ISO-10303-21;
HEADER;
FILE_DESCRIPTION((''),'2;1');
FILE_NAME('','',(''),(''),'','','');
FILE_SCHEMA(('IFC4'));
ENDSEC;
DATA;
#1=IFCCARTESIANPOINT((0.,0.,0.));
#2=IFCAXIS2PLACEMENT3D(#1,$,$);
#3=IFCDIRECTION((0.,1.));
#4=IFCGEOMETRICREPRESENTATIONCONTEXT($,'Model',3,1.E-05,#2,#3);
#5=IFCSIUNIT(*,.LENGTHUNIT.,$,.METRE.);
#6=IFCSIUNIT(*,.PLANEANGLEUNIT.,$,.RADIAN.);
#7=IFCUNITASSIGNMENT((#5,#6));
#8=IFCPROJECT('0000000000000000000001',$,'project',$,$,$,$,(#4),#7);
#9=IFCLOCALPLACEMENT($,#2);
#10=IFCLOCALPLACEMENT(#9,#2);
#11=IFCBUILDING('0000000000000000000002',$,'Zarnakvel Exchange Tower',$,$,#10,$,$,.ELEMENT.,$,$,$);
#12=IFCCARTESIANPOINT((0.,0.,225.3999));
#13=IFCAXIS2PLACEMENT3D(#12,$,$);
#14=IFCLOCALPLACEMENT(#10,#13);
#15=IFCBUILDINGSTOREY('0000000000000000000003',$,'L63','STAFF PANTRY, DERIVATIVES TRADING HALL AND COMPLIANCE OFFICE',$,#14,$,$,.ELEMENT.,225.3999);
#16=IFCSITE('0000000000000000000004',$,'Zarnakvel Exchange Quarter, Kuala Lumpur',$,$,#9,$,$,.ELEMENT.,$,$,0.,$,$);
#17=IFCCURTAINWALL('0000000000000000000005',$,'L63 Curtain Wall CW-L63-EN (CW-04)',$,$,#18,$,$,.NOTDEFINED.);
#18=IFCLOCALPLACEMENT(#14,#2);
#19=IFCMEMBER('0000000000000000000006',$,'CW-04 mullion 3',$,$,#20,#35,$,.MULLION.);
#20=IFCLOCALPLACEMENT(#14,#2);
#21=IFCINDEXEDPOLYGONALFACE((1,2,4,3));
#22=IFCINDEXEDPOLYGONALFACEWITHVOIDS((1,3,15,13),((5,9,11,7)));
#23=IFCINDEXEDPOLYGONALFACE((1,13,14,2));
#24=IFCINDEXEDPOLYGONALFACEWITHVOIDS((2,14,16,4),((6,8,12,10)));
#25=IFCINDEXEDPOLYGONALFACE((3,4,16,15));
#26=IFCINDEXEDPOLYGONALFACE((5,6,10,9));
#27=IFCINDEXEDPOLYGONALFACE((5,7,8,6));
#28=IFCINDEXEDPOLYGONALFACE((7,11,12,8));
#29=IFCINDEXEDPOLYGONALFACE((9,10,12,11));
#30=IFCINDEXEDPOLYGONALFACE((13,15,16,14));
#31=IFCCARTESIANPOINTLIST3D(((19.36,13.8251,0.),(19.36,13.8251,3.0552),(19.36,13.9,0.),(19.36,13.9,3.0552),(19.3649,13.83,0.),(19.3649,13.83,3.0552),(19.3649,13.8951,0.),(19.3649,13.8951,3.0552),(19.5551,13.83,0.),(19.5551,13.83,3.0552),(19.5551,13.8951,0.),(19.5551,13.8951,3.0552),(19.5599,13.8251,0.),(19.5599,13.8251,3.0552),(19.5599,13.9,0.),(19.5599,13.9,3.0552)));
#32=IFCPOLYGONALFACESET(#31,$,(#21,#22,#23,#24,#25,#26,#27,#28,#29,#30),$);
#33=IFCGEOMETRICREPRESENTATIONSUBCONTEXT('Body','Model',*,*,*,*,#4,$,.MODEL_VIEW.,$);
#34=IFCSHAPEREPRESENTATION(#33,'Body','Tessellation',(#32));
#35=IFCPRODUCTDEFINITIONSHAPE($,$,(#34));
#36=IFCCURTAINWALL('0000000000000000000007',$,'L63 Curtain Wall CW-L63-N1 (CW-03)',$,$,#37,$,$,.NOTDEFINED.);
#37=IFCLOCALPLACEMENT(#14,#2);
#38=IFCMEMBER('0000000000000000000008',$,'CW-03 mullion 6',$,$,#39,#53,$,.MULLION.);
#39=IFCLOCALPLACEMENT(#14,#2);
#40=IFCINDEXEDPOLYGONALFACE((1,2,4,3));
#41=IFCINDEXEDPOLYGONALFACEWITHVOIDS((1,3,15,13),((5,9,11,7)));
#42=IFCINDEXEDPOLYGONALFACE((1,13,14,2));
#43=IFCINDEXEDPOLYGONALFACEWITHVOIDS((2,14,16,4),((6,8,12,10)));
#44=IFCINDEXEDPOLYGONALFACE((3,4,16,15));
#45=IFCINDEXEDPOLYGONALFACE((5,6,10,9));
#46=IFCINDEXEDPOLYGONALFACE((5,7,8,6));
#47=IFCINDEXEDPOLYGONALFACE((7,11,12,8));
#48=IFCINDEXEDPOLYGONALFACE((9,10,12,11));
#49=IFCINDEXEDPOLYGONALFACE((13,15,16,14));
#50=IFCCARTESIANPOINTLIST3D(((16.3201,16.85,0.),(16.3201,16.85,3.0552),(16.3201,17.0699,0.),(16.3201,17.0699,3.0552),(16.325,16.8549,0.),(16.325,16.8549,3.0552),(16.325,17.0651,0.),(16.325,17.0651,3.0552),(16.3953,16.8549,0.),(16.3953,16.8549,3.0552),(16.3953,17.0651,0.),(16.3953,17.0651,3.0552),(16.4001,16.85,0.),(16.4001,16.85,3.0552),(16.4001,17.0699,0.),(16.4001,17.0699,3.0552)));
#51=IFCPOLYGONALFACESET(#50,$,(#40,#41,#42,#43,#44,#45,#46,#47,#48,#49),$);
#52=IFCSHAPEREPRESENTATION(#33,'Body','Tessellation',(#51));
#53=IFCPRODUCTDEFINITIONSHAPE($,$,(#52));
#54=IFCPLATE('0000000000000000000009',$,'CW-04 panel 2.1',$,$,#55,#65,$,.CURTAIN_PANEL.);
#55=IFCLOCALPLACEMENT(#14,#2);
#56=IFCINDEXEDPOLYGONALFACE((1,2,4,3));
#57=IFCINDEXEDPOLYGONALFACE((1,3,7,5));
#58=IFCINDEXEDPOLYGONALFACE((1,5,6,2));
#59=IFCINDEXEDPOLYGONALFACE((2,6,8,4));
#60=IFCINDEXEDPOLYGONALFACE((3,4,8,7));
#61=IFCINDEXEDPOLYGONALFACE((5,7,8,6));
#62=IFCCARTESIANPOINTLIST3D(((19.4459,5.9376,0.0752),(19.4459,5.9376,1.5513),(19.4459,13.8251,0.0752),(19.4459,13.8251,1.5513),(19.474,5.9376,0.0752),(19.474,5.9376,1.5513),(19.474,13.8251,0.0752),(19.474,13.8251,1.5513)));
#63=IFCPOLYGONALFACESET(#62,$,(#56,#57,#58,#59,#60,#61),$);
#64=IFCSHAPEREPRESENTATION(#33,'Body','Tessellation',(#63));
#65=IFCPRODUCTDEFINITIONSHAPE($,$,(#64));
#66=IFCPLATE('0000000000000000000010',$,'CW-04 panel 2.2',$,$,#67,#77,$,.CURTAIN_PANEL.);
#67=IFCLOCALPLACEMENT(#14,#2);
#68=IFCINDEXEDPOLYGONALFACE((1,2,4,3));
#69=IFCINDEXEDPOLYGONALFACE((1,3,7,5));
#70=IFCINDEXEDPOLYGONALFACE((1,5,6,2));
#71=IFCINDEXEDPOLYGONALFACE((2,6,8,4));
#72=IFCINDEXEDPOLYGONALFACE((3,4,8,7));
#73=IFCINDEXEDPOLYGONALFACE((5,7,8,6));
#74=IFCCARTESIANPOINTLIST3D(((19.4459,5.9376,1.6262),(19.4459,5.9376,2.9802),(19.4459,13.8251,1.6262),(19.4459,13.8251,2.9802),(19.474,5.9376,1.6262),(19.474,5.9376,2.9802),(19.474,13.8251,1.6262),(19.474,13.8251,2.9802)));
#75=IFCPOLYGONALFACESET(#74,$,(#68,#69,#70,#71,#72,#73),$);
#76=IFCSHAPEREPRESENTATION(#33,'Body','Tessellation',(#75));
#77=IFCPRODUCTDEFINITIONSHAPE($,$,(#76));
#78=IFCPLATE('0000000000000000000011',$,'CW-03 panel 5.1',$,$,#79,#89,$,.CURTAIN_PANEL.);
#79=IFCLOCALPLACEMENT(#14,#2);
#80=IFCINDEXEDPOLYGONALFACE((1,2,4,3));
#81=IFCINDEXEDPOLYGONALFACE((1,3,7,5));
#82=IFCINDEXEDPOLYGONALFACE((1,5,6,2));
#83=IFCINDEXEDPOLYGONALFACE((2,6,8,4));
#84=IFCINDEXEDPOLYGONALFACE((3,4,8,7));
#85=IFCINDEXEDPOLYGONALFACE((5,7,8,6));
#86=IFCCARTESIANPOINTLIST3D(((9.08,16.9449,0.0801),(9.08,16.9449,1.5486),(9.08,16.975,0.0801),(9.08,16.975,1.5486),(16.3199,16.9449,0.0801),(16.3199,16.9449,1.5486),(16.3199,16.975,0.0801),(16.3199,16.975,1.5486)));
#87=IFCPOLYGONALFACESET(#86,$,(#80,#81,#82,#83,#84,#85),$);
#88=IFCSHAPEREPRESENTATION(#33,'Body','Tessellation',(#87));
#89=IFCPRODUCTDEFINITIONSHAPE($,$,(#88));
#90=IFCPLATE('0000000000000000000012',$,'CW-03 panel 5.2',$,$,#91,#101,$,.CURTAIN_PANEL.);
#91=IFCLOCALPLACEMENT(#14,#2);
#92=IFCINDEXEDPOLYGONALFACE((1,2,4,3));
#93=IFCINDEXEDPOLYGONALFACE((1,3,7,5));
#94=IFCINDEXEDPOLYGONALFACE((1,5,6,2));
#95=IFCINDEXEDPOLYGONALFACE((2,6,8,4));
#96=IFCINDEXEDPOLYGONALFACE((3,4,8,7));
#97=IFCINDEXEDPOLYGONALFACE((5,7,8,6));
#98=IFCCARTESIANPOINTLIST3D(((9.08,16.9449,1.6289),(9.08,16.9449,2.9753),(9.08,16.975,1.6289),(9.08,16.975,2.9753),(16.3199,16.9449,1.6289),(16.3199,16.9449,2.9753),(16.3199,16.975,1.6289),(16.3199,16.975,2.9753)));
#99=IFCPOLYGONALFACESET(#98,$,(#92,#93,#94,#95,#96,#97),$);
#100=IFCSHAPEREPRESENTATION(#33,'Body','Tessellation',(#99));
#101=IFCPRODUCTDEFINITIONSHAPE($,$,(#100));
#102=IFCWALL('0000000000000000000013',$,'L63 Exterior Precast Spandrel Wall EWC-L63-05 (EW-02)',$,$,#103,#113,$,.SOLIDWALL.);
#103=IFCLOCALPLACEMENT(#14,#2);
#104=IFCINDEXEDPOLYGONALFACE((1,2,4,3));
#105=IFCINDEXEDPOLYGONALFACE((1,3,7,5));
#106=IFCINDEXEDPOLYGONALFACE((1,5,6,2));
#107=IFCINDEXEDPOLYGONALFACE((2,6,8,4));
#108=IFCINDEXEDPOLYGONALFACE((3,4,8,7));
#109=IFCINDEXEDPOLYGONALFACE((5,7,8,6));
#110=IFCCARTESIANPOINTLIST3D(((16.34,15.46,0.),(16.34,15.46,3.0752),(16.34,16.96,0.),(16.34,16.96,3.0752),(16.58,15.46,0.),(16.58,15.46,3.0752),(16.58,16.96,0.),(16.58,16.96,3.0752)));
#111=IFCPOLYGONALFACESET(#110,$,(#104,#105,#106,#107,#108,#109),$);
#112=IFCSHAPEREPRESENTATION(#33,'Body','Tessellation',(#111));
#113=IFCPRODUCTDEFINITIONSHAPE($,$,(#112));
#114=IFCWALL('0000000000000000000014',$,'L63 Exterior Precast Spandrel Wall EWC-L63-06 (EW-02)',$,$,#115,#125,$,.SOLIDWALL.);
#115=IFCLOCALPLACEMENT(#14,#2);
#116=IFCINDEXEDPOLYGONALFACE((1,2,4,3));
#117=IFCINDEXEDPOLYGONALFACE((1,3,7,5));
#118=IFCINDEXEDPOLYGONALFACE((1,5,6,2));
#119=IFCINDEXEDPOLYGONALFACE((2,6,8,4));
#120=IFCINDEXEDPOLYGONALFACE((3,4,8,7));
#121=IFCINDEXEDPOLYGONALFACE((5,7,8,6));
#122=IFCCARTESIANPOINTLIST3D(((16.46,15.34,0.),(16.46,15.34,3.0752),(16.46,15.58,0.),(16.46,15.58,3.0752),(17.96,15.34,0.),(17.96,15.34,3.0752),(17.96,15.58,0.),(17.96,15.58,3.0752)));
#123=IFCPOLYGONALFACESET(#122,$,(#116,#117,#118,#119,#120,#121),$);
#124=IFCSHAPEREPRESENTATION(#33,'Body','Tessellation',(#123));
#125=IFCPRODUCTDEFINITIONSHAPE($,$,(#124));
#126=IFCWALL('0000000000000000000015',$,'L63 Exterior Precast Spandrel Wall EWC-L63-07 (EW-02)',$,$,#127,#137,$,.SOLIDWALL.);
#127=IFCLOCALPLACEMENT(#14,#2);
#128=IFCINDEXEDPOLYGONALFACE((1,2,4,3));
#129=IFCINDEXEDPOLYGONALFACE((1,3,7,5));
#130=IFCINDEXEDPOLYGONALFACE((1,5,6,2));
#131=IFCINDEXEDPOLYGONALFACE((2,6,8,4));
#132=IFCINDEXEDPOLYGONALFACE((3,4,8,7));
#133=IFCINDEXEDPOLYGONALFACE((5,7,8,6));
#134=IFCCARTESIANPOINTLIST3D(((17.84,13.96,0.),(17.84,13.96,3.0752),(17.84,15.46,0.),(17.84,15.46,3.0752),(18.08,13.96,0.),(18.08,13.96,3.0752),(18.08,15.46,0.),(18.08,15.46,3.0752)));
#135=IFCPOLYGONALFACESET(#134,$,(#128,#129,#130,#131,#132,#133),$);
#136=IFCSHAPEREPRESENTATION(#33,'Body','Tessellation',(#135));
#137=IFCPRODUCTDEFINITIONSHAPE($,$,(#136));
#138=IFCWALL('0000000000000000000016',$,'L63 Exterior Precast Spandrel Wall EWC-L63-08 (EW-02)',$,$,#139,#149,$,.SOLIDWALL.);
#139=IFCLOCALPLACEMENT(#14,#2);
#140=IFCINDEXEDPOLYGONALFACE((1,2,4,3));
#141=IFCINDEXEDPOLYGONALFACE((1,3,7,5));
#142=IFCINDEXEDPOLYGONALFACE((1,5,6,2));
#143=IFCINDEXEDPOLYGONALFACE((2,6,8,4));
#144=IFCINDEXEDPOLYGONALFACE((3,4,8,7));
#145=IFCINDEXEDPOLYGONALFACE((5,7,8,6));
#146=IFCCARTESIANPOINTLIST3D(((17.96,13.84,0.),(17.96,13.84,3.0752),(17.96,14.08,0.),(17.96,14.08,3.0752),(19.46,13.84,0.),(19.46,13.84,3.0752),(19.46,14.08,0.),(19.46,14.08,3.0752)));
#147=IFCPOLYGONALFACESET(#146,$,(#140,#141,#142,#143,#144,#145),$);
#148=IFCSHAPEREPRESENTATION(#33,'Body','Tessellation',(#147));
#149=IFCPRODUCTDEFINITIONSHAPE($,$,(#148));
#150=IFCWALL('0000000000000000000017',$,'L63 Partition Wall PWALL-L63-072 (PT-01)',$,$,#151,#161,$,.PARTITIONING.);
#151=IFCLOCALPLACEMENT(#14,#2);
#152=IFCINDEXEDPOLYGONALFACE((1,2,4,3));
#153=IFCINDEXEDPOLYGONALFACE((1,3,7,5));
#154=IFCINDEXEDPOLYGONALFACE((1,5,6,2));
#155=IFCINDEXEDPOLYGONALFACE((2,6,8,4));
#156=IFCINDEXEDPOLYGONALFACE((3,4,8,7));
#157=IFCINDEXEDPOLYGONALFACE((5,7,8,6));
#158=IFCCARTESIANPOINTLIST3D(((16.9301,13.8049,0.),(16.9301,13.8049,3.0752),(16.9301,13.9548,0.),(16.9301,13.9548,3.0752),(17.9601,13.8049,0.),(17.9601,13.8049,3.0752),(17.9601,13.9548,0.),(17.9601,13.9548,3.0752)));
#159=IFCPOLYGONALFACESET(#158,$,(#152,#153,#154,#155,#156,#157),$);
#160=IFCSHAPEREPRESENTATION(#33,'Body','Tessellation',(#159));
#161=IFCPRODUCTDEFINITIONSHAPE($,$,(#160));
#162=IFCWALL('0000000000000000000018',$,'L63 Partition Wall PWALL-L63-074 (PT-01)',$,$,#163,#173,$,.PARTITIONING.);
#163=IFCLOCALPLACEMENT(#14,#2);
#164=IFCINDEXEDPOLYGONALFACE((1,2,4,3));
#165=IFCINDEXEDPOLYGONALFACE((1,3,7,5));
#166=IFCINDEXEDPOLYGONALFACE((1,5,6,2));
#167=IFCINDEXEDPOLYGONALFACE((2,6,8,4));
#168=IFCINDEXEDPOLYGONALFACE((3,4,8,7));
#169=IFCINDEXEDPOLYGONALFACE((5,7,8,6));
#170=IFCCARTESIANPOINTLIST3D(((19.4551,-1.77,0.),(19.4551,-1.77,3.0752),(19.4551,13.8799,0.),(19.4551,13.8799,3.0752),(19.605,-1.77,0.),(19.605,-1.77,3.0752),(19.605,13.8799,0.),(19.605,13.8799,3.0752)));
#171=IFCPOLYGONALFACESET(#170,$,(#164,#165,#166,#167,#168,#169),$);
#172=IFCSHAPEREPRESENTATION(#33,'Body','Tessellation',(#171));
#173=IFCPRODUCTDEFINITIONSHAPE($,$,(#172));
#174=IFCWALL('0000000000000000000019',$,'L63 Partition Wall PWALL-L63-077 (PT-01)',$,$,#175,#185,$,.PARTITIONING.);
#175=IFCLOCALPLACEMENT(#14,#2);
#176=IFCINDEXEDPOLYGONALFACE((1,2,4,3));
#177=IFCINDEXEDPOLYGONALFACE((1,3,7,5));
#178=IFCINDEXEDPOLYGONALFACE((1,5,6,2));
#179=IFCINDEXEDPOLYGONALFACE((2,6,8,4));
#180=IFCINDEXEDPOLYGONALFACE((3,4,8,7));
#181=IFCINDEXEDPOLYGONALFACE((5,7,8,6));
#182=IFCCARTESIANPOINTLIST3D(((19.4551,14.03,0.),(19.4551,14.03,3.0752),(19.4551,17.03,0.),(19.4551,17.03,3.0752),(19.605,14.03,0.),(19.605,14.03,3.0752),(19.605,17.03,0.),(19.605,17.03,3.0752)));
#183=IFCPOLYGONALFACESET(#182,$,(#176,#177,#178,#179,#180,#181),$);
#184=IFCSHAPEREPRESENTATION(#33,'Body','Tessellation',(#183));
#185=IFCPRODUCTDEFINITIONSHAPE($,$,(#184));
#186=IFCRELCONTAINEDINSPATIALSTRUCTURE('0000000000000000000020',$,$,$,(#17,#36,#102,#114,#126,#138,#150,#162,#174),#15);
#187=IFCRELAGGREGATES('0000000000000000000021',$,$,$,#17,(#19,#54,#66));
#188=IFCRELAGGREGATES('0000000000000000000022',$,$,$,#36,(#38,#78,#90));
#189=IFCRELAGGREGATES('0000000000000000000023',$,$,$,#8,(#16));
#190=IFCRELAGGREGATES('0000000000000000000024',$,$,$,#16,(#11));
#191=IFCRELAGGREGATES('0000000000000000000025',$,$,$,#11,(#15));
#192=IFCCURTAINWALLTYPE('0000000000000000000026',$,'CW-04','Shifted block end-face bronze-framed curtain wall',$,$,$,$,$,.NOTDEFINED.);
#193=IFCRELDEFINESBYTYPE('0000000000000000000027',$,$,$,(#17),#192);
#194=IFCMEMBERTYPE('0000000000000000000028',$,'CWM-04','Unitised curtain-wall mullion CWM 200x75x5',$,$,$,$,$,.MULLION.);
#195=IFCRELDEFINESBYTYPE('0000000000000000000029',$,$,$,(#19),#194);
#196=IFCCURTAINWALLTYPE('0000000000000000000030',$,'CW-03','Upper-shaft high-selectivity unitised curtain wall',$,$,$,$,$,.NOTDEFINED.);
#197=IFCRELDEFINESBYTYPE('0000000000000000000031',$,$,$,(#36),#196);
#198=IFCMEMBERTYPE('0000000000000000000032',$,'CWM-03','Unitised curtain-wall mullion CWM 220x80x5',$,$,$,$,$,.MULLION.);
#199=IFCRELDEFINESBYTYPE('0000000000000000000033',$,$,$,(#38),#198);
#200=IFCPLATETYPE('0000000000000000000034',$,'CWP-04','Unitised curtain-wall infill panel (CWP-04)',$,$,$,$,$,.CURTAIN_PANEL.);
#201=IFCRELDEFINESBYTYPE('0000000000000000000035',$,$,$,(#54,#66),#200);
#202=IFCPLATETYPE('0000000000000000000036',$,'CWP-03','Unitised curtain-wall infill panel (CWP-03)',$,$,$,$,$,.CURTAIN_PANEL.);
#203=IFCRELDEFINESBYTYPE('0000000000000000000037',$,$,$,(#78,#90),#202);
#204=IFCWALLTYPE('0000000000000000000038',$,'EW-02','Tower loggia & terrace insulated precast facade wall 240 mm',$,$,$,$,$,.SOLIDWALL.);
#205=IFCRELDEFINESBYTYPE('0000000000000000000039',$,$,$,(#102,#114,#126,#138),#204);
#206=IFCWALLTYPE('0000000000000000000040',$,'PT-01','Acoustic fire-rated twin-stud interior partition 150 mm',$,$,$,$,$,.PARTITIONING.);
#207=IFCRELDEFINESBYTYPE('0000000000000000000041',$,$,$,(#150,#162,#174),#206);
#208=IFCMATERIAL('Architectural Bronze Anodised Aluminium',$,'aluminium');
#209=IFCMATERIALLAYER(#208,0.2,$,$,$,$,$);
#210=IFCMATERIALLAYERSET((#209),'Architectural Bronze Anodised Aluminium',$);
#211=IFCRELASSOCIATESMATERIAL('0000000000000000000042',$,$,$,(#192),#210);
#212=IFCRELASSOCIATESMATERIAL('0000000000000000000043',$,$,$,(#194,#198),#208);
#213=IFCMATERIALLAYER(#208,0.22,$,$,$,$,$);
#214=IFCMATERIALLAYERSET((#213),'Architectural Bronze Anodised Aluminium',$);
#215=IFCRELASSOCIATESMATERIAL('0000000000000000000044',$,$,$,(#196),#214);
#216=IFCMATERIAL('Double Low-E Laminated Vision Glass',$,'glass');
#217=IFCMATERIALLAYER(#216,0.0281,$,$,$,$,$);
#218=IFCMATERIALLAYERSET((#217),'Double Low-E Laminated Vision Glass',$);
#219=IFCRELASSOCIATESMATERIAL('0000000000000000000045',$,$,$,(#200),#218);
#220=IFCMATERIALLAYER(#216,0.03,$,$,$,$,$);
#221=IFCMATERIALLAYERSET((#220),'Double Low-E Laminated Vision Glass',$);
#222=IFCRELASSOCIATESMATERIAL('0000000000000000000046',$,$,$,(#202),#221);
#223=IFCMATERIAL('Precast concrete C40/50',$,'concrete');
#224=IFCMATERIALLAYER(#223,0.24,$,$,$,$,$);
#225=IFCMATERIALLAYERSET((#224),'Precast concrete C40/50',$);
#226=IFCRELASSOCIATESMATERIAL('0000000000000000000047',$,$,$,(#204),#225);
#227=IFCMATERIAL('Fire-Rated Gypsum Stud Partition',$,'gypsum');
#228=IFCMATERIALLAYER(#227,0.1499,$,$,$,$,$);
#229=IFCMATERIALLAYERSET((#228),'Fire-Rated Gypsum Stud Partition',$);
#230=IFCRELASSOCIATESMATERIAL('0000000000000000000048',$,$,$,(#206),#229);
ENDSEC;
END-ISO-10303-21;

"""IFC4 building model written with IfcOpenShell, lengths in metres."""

from ifc_helpers import new_model, si_unit, direction, frame, frame_2d, origin, origin_2d, place, context, subcontext, project, spatial, rectangle, hollow_rectangle, extrude, source, transform, mapped, material, layer, layer_set, material_profile, profile_set, type_object, element, aggregate, save


model = new_model("IFC4")

# Units and contexts
model_context = context("Model", 3, precision=1e-05, world=origin(), true_north=direction((0.0, 1.0)))
body_context = subcontext(model_context, "Body", "Model", "MODEL_VIEW")
ifc_project = project(units=[si_unit("LENGTHUNIT", "METRE"), si_unit("PLANEANGLEUNIT", "RADIAN")], contexts=[model_context])

# Site, building, storey
site_placement = place(None, origin())
site = spatial("IfcSite", under=ifc_project, at=site_placement, Name="Zarnakvel Exchange Quarter, Kuala Lumpur", CompositionType="ELEMENT", RefElevation=0.0)
building_placement = place(site_placement, origin())
building = spatial("IfcBuilding", under=site, at=building_placement, Name="Zarnakvel Exchange Tower", CompositionType="ELEMENT")
storey_placement = place(building_placement, frame((0.0, 0.0, 225.3999)))
storey = spatial("IfcBuildingStorey", under=building, at=storey_placement, Name="L63", Description="STAFF PANTRY, DERIVATIVES TRADING HALL AND COMPLIANCE OFFICE", CompositionType="ELEMENT", Elevation=225.3999)

# Curtain walls, members
ifc_material_1 = material(Name="Architectural Bronze Anodised Aluminium", Category="aluminium")
ifc_layer_1 = layer(ifc_material_1, 0.2)
ifc_layer_set_1 = layer_set([ifc_layer_1], Name="Architectural Bronze Anodised Aluminium")
curtain_wall_type_1 = type_object("IfcCurtainWallType", Name="CW-04", Description="Shifted block end-face bronze-framed curtain wall", PredefinedType="NOTDEFINED", material=ifc_layer_set_1)
curtain_wall_1_placement = place(storey_placement, origin())
curtain_wall_1 = element("IfcCurtainWall", 1, at=curtain_wall_1_placement, inside=storey, type_object=curtain_wall_type_1, Name="L63 Curtain Wall CW-L63-EN (CW-04)", PredefinedType="NOTDEFINED")
ifc_material_profile_1 = material_profile(ifc_material_1, hollow_rectangle(XDim=0.2, YDim=0.075, WallThickness=0.0049, at=origin_2d()))
ifc_profile_set_1 = profile_set([ifc_material_profile_1], Name="Architectural Bronze Anodised Aluminium")
member_type_1 = type_object("IfcMemberType", Name="CWM-04", Description="Unitised curtain-wall mullion CWM 200x75x5", PredefinedType="MULLION", material=ifc_profile_set_1)
shared_shape_1 = source(origin(), body_context, "Body", "SweptSolid", [
    extrude(hollow_rectangle(XDim=0.2, YDim=0.075, WallThickness=0.0049, at=origin_2d()), origin(), (0.0, 0.0, 1.0), 3.0552),
])
member_1_placement = place(storey_placement, frame((19.46, 13.8625, 0.0), z_axis=(0.0, 0.0, 1.0), x_axis=(-1.0, 0.0, 0.0)))
member_1 = element("IfcMember", 2, at=member_1_placement, type_object=member_type_1, Name="CW-04 mullion 3", PredefinedType="MULLION", context=body_context, shape_type="MappedRepresentation", body=[
    mapped(shared_shape_1, transform((0.0, 0.0, 0.0), x_axis=(1.0, 0.0, 0.0), y_axis=(0.0, 1.0, 0.0), z_axis=(0.0, 0.0, 1.0), scale=1.0)),
])
ifc_layer_2 = layer(ifc_material_1, 0.22)
ifc_layer_set_2 = layer_set([ifc_layer_2], Name="Architectural Bronze Anodised Aluminium")
curtain_wall_type_2 = type_object("IfcCurtainWallType", Name="CW-03", Description="Upper-shaft high-selectivity unitised curtain wall", PredefinedType="NOTDEFINED", material=ifc_layer_set_2)
curtain_wall_2_placement = place(storey_placement, origin())
curtain_wall_2 = element("IfcCurtainWall", 3, at=curtain_wall_2_placement, inside=storey, type_object=curtain_wall_type_2, Name="L63 Curtain Wall CW-L63-N1 (CW-03)", PredefinedType="NOTDEFINED")
ifc_material_profile_2 = material_profile(ifc_material_1, hollow_rectangle(XDim=0.22, YDim=0.0801, WallThickness=0.0049, at=origin_2d()))
ifc_profile_set_2 = profile_set([ifc_material_profile_2], Name="Architectural Bronze Anodised Aluminium")
member_type_2 = type_object("IfcMemberType", Name="CWM-03", Description="Unitised curtain-wall mullion CWM 220x80x5", PredefinedType="MULLION", material=ifc_profile_set_2)
shared_shape_2 = source(origin(), body_context, "Body", "SweptSolid", [
    extrude(hollow_rectangle(XDim=0.22, YDim=0.0801, WallThickness=0.0049, at=origin_2d()), origin(), (0.0, 0.0, 1.0), 3.0552),
])
member_2_placement = place(storey_placement, frame((16.3601, 16.96, 0.0), z_axis=(0.0, 0.0, 1.0), x_axis=(0.0, 1.0, 0.0)))
member_2 = element("IfcMember", 4, at=member_2_placement, type_object=member_type_2, Name="CW-03 mullion 6", PredefinedType="MULLION", context=body_context, shape_type="MappedRepresentation", body=[
    mapped(shared_shape_2, transform((0.0, 0.0, 0.0), x_axis=(1.0, 0.0, 0.0), y_axis=(0.0, 1.0, 0.0), z_axis=(0.0, 0.0, 1.0), scale=1.0)),
])

# Plates
ifc_material_2 = material(Name="Double Low-E Laminated Vision Glass", Category="glass")
ifc_layer_3 = layer(ifc_material_2, 0.0281)
ifc_layer_set_3 = layer_set([ifc_layer_3], Name="Double Low-E Laminated Vision Glass")
plate_type_1 = type_object("IfcPlateType", Name="CWP-04", Description="Unitised curtain-wall infill panel (CWP-04)", PredefinedType="CURTAIN_PANEL", material=ifc_layer_set_3)
shared_shape_3 = source(origin(), body_context, "Body", "SweptSolid", [
    extrude(rectangle(XDim=7.8875, YDim=0.0281, at=origin_2d()), origin(), (0.0, 0.0, 1.0), 1.4761),
])
plate_1_placement = place(storey_placement, frame((19.46, 9.8813, 0.0752), z_axis=(0.0, 0.0, 1.0), x_axis=(0.0, 1.0, 0.0)))
plate_1 = element("IfcPlate", 5, at=plate_1_placement, type_object=plate_type_1, Name="CW-04 panel 2.1", PredefinedType="CURTAIN_PANEL", context=body_context, shape_type="MappedRepresentation", body=[
    mapped(shared_shape_3, transform((0.0, 0.0, 0.0), x_axis=(1.0, 0.0, 0.0), y_axis=(0.0, 1.0, 0.0), z_axis=(0.0, 0.0, 1.0), scale=1.0)),
])
shared_shape_4 = source(origin(), body_context, "Body", "SweptSolid", [
    extrude(rectangle(XDim=7.8875, YDim=0.0281, at=origin_2d()), origin(), (0.0, 0.0, 1.0), 1.354),
])
plate_2_placement = place(storey_placement, frame((19.46, 9.8813, 1.6262), z_axis=(0.0, 0.0, 1.0), x_axis=(0.0, 1.0, 0.0)))
plate_2 = element("IfcPlate", 6, at=plate_2_placement, type_object=plate_type_1, Name="CW-04 panel 2.2", PredefinedType="CURTAIN_PANEL", context=body_context, shape_type="MappedRepresentation", body=[
    mapped(shared_shape_4, transform((0.0, 0.0, 0.0), x_axis=(1.0, 0.0, 0.0), y_axis=(0.0, 1.0, 0.0), z_axis=(0.0, 0.0, 1.0), scale=1.0)),
])
aggregate(curtain_wall_1, [member_1, plate_1, plate_2])
ifc_layer_4 = layer(ifc_material_2, 0.03)
ifc_layer_set_4 = layer_set([ifc_layer_4], Name="Double Low-E Laminated Vision Glass")
plate_type_2 = type_object("IfcPlateType", Name="CWP-03", Description="Unitised curtain-wall infill panel (CWP-03)", PredefinedType="CURTAIN_PANEL", material=ifc_layer_set_4)
shared_shape_5 = source(origin(), body_context, "Body", "SweptSolid", [
    extrude(rectangle(XDim=7.24, YDim=0.03, at=origin_2d()), origin(), (0.0, 0.0, 1.0), 1.4685),
])
plate_3_placement = place(storey_placement, frame((12.7, 16.96, 0.0801), z_axis=(0.0, 0.0, 1.0), x_axis=(1.0, 0.0, 0.0)))
plate_3 = element("IfcPlate", 7, at=plate_3_placement, type_object=plate_type_2, Name="CW-03 panel 5.1", PredefinedType="CURTAIN_PANEL", context=body_context, shape_type="MappedRepresentation", body=[
    mapped(shared_shape_5, transform((0.0, 0.0, 0.0), x_axis=(1.0, 0.0, 0.0), y_axis=(0.0, 1.0, 0.0), z_axis=(0.0, 0.0, 1.0), scale=1.0)),
])
shared_shape_6 = source(origin(), body_context, "Body", "SweptSolid", [
    extrude(rectangle(XDim=7.24, YDim=0.03, at=origin_2d()), origin(), (0.0, 0.0, 1.0), 1.3464),
])
plate_4_placement = place(storey_placement, frame((12.7, 16.96, 1.6289), z_axis=(0.0, 0.0, 1.0), x_axis=(1.0, 0.0, 0.0)))
plate_4 = element("IfcPlate", 8, at=plate_4_placement, type_object=plate_type_2, Name="CW-03 panel 5.2", PredefinedType="CURTAIN_PANEL", context=body_context, shape_type="MappedRepresentation", body=[
    mapped(shared_shape_6, transform((0.0, 0.0, 0.0), x_axis=(1.0, 0.0, 0.0), y_axis=(0.0, 1.0, 0.0), z_axis=(0.0, 0.0, 1.0), scale=1.0)),
])
aggregate(curtain_wall_2, [member_2, plate_3, plate_4])

# Walls
ifc_material_3 = material(Name="Precast concrete C40/50", Category="concrete")
ifc_layer_5 = layer(ifc_material_3, 0.24)
ifc_layer_set_5 = layer_set([ifc_layer_5], Name="Precast concrete C40/50")
wall_type_1 = type_object("IfcWallType", Name="EW-02", Description="Tower loggia & terrace insulated precast facade wall 240 mm", PredefinedType="SOLIDWALL", material=ifc_layer_set_5)
for number, where, z_axis, x_axis, name in (
    (9, (16.46, 15.46, 0.0), (0.0, 0.0, 1.0), (0.0, 1.0, 0.0), "L63 Exterior Precast Spandrel Wall EWC-L63-05 (EW-02)"),
    (10, (17.96, 15.46, 0.0), (0.0, 0.0, 1.0), (-1.0, 0.0, 0.0), "L63 Exterior Precast Spandrel Wall EWC-L63-06 (EW-02)"),
    (11, (17.96, 13.96, 0.0), (0.0, 0.0, 1.0), (0.0, 1.0, 0.0), "L63 Exterior Precast Spandrel Wall EWC-L63-07 (EW-02)"),
    (12, (19.46, 13.96, 0.0), (0.0, 0.0, 1.0), (-1.0, 0.0, 0.0), "L63 Exterior Precast Spandrel Wall EWC-L63-08 (EW-02)"),
):
    element("IfcWall", number, at=place(storey_placement, frame(where, z_axis=z_axis, x_axis=x_axis)), inside=storey, type_object=wall_type_1, Name=name, PredefinedType="SOLIDWALL", context=body_context, shape_type="SweptSolid", body=[
        extrude(rectangle(XDim=1.5, YDim=0.24, at=frame_2d((0.75, 0.0))), origin(), (0.0, 0.0, 1.0), 3.0752),
    ])
ifc_material_4 = material(Name="Fire-Rated Gypsum Stud Partition", Category="gypsum")
ifc_layer_6 = layer(ifc_material_4, 0.1499)
ifc_layer_set_6 = layer_set([ifc_layer_6], Name="Fire-Rated Gypsum Stud Partition")
wall_type_2 = type_object("IfcWallType", Name="PT-01", Description="Acoustic fire-rated twin-stud interior partition 150 mm", PredefinedType="PARTITIONING", material=ifc_layer_set_6)
wall_1_placement = place(storey_placement, frame((16.9299, 13.8799, 0.0), z_axis=(0.0, 0.0, 1.0), x_axis=(1.0, 0.0, 0.0)))
element("IfcWall", 13, at=wall_1_placement, inside=storey, type_object=wall_type_2, Name="L63 Partition Wall PWALL-L63-072 (PT-01)", PredefinedType="PARTITIONING", context=body_context, shape_type="SweptSolid", body=[
    extrude(rectangle(XDim=1.03, YDim=0.1499, at=frame_2d((0.5151, 0.0))), origin(), (0.0, 0.0, 1.0), 3.0752),
])
wall_2_placement = place(storey_placement, frame((19.53, 13.8799, 0.0), z_axis=(0.0, 0.0, 1.0), x_axis=(0.0, -1.0, 0.0)))
element("IfcWall", 14, at=wall_2_placement, inside=storey, type_object=wall_type_2, Name="L63 Partition Wall PWALL-L63-074 (PT-01)", PredefinedType="PARTITIONING", context=body_context, shape_type="SweptSolid", body=[
    extrude(rectangle(XDim=15.6499, YDim=0.1499, at=frame_2d((7.825, 0.0))), origin(), (0.0, 0.0, 1.0), 3.0752),
])
wall_3_placement = place(storey_placement, frame((19.53, 17.03, 0.0), z_axis=(0.0, 0.0, 1.0), x_axis=(0.0, -1.0, 0.0)))
element("IfcWall", 15, at=wall_3_placement, inside=storey, type_object=wall_type_2, Name="L63 Partition Wall PWALL-L63-077 (PT-01)", PredefinedType="PARTITIONING", context=body_context, shape_type="SweptSolid", body=[
    extrude(rectangle(XDim=3.0, YDim=0.1499, at=frame_2d((1.5, 0.0))), origin(), (0.0, 0.0, 1.0), 3.0752),
])

save(model, "model.ifc")
